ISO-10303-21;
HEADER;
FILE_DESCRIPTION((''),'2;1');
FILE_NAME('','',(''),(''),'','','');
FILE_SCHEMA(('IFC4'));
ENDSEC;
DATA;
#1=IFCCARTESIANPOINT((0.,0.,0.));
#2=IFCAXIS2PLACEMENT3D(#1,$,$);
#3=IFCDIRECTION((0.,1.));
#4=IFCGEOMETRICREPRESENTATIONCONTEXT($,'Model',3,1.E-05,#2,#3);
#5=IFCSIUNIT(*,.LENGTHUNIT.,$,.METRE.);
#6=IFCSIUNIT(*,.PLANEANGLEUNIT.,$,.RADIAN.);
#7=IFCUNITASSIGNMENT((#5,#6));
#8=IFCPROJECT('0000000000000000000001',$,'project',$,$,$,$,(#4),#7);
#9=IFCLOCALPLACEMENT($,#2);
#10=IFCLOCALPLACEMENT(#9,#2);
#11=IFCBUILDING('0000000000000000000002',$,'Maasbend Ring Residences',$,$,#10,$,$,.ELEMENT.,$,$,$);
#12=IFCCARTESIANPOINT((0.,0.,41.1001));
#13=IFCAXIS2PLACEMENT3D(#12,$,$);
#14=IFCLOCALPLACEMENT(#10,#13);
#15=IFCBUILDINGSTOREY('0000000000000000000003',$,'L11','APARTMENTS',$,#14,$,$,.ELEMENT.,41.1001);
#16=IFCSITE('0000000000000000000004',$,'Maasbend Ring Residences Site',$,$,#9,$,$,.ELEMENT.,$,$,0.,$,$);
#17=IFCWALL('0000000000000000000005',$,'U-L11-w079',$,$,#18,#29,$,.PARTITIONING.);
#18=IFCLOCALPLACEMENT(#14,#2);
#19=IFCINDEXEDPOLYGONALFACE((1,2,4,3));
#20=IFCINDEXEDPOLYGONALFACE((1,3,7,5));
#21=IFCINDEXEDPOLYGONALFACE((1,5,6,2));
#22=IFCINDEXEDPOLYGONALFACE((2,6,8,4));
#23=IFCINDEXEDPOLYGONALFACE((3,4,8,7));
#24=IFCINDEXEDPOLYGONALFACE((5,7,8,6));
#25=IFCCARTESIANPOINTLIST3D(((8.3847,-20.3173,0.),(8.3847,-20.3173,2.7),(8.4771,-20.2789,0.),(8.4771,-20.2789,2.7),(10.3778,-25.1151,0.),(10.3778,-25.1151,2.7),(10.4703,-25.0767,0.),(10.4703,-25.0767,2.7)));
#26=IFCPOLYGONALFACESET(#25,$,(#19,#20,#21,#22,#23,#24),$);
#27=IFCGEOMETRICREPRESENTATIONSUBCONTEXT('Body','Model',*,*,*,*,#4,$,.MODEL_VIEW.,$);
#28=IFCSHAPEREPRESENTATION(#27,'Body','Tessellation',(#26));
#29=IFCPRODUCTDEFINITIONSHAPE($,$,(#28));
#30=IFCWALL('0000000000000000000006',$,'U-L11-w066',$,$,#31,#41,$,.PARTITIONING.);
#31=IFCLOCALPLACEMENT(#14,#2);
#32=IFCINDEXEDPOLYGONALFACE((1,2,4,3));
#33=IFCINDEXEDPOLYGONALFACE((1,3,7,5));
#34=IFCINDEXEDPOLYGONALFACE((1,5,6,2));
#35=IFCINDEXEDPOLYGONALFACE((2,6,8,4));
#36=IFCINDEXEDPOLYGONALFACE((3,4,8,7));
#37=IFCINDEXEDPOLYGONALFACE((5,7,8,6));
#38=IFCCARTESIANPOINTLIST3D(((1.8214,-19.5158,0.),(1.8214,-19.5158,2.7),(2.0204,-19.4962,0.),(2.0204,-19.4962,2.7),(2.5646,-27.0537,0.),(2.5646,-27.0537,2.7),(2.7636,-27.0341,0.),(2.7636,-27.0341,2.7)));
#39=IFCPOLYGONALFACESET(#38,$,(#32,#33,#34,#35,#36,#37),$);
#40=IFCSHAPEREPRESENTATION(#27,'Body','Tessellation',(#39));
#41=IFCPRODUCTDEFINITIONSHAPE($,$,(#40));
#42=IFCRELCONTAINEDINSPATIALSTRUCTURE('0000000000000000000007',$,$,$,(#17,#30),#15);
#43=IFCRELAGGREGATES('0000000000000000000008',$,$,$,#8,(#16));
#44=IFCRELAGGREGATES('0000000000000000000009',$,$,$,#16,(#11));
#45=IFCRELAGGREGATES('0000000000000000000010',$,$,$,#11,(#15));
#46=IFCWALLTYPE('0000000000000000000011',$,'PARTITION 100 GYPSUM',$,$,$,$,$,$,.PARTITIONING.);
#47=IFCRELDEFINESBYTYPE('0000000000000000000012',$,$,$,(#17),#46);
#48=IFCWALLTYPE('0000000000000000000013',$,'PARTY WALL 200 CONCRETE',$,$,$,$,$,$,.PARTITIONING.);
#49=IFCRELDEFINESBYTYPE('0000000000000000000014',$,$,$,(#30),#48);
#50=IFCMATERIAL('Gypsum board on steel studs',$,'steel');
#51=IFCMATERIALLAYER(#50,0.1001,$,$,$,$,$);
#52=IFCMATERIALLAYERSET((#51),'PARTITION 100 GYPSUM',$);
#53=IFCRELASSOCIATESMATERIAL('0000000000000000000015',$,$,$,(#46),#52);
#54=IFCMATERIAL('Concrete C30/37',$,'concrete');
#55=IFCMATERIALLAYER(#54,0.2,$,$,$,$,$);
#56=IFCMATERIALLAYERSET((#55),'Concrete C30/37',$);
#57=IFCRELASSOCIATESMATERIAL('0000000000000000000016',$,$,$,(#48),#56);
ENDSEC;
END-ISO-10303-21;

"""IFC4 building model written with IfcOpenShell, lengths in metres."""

from ifc_helpers import new_model, si_unit, direction, frame, frame_2d, origin, place, context, subcontext, project, spatial, rectangle, extrude, material, layer, layer_set, type_object, element, save


model = new_model("IFC4")

# Units and contexts
model_context = context("Model", 3, precision=1e-05, world=origin(), true_north=direction((0.0, 1.0)))
body_context = subcontext(model_context, "Body", "Model", "MODEL_VIEW")
ifc_project = project(units=[si_unit("LENGTHUNIT", "METRE"), si_unit("PLANEANGLEUNIT", "RADIAN")], contexts=[model_context])

# Site, building, storey
site_placement = place(None, origin())
site = spatial("IfcSite", under=ifc_project, at=site_placement, Name="Maasbend Ring Residences Site", CompositionType="ELEMENT", RefElevation=0.0)
building_placement = place(site_placement, origin())
building = spatial("IfcBuilding", under=site, at=building_placement, Name="Maasbend Ring Residences", CompositionType="ELEMENT")
storey_placement = place(building_placement, frame((0.0, 0.0, 41.1001)))
storey = spatial("IfcBuildingStorey", under=building, at=storey_placement, Name="L11", Description="APARTMENTS", CompositionType="ELEMENT", Elevation=41.1001)

# Shared definitions
ifc_material_1 = material(Name="Gypsum board on steel studs", Category="steel")
ifc_layer_1 = layer(ifc_material_1, 0.1001)
ifc_layer_set_1 = layer_set([ifc_layer_1], Name="PARTITION 100 GYPSUM")
wall_type_1 = type_object("IfcWallType", Name="PARTITION 100 GYPSUM", PredefinedType="PARTITIONING", material=ifc_layer_set_1)

# Walls
wall_1_placement = place(storey_placement, frame((8.4309, -20.2981, 0.0), z_axis=(0.0, 0.0, 1.0), x_axis=(0.383641, -0.923482, 0.0)))
element("IfcWall", 1, at=wall_1_placement, inside=storey, type_object=wall_type_1, Name="U-L11-w079", PredefinedType="PARTITIONING", context=body_context, shape_type="SweptSolid", body=[
    extrude(rectangle(XDim=5.1953, YDim=0.1001, at=frame_2d((2.5977, 0.0))), origin(), (0.0, 0.0, 1.0), 2.7),
])
ifc_material_2 = material(Name="Concrete C30/37", Category="concrete")
ifc_layer_2 = layer(ifc_material_2, 0.2)
ifc_layer_set_2 = layer_set([ifc_layer_2], Name="Concrete C30/37")
wall_type_2 = type_object("IfcWallType", Name="PARTY WALL 200 CONCRETE", PredefinedType="PARTITIONING", material=ifc_layer_set_2)
wall_2_placement = place(storey_placement, frame((1.9209, -19.5061, 0.0), z_axis=(0.0, 0.0, 1.0), x_axis=(0.098115, -0.995175, 0.0)))
element("IfcWall", 2, at=wall_2_placement, inside=storey, type_object=wall_type_2, Name="U-L11-w066", PredefinedType="PARTITIONING", context=body_context, shape_type="SweptSolid", body=[
    extrude(rectangle(XDim=7.5745, YDim=0.2, at=frame_2d((3.7871, 0.0))), origin(), (0.0, 0.0, 1.0), 2.7),
])

save(model, "model.ifc")
